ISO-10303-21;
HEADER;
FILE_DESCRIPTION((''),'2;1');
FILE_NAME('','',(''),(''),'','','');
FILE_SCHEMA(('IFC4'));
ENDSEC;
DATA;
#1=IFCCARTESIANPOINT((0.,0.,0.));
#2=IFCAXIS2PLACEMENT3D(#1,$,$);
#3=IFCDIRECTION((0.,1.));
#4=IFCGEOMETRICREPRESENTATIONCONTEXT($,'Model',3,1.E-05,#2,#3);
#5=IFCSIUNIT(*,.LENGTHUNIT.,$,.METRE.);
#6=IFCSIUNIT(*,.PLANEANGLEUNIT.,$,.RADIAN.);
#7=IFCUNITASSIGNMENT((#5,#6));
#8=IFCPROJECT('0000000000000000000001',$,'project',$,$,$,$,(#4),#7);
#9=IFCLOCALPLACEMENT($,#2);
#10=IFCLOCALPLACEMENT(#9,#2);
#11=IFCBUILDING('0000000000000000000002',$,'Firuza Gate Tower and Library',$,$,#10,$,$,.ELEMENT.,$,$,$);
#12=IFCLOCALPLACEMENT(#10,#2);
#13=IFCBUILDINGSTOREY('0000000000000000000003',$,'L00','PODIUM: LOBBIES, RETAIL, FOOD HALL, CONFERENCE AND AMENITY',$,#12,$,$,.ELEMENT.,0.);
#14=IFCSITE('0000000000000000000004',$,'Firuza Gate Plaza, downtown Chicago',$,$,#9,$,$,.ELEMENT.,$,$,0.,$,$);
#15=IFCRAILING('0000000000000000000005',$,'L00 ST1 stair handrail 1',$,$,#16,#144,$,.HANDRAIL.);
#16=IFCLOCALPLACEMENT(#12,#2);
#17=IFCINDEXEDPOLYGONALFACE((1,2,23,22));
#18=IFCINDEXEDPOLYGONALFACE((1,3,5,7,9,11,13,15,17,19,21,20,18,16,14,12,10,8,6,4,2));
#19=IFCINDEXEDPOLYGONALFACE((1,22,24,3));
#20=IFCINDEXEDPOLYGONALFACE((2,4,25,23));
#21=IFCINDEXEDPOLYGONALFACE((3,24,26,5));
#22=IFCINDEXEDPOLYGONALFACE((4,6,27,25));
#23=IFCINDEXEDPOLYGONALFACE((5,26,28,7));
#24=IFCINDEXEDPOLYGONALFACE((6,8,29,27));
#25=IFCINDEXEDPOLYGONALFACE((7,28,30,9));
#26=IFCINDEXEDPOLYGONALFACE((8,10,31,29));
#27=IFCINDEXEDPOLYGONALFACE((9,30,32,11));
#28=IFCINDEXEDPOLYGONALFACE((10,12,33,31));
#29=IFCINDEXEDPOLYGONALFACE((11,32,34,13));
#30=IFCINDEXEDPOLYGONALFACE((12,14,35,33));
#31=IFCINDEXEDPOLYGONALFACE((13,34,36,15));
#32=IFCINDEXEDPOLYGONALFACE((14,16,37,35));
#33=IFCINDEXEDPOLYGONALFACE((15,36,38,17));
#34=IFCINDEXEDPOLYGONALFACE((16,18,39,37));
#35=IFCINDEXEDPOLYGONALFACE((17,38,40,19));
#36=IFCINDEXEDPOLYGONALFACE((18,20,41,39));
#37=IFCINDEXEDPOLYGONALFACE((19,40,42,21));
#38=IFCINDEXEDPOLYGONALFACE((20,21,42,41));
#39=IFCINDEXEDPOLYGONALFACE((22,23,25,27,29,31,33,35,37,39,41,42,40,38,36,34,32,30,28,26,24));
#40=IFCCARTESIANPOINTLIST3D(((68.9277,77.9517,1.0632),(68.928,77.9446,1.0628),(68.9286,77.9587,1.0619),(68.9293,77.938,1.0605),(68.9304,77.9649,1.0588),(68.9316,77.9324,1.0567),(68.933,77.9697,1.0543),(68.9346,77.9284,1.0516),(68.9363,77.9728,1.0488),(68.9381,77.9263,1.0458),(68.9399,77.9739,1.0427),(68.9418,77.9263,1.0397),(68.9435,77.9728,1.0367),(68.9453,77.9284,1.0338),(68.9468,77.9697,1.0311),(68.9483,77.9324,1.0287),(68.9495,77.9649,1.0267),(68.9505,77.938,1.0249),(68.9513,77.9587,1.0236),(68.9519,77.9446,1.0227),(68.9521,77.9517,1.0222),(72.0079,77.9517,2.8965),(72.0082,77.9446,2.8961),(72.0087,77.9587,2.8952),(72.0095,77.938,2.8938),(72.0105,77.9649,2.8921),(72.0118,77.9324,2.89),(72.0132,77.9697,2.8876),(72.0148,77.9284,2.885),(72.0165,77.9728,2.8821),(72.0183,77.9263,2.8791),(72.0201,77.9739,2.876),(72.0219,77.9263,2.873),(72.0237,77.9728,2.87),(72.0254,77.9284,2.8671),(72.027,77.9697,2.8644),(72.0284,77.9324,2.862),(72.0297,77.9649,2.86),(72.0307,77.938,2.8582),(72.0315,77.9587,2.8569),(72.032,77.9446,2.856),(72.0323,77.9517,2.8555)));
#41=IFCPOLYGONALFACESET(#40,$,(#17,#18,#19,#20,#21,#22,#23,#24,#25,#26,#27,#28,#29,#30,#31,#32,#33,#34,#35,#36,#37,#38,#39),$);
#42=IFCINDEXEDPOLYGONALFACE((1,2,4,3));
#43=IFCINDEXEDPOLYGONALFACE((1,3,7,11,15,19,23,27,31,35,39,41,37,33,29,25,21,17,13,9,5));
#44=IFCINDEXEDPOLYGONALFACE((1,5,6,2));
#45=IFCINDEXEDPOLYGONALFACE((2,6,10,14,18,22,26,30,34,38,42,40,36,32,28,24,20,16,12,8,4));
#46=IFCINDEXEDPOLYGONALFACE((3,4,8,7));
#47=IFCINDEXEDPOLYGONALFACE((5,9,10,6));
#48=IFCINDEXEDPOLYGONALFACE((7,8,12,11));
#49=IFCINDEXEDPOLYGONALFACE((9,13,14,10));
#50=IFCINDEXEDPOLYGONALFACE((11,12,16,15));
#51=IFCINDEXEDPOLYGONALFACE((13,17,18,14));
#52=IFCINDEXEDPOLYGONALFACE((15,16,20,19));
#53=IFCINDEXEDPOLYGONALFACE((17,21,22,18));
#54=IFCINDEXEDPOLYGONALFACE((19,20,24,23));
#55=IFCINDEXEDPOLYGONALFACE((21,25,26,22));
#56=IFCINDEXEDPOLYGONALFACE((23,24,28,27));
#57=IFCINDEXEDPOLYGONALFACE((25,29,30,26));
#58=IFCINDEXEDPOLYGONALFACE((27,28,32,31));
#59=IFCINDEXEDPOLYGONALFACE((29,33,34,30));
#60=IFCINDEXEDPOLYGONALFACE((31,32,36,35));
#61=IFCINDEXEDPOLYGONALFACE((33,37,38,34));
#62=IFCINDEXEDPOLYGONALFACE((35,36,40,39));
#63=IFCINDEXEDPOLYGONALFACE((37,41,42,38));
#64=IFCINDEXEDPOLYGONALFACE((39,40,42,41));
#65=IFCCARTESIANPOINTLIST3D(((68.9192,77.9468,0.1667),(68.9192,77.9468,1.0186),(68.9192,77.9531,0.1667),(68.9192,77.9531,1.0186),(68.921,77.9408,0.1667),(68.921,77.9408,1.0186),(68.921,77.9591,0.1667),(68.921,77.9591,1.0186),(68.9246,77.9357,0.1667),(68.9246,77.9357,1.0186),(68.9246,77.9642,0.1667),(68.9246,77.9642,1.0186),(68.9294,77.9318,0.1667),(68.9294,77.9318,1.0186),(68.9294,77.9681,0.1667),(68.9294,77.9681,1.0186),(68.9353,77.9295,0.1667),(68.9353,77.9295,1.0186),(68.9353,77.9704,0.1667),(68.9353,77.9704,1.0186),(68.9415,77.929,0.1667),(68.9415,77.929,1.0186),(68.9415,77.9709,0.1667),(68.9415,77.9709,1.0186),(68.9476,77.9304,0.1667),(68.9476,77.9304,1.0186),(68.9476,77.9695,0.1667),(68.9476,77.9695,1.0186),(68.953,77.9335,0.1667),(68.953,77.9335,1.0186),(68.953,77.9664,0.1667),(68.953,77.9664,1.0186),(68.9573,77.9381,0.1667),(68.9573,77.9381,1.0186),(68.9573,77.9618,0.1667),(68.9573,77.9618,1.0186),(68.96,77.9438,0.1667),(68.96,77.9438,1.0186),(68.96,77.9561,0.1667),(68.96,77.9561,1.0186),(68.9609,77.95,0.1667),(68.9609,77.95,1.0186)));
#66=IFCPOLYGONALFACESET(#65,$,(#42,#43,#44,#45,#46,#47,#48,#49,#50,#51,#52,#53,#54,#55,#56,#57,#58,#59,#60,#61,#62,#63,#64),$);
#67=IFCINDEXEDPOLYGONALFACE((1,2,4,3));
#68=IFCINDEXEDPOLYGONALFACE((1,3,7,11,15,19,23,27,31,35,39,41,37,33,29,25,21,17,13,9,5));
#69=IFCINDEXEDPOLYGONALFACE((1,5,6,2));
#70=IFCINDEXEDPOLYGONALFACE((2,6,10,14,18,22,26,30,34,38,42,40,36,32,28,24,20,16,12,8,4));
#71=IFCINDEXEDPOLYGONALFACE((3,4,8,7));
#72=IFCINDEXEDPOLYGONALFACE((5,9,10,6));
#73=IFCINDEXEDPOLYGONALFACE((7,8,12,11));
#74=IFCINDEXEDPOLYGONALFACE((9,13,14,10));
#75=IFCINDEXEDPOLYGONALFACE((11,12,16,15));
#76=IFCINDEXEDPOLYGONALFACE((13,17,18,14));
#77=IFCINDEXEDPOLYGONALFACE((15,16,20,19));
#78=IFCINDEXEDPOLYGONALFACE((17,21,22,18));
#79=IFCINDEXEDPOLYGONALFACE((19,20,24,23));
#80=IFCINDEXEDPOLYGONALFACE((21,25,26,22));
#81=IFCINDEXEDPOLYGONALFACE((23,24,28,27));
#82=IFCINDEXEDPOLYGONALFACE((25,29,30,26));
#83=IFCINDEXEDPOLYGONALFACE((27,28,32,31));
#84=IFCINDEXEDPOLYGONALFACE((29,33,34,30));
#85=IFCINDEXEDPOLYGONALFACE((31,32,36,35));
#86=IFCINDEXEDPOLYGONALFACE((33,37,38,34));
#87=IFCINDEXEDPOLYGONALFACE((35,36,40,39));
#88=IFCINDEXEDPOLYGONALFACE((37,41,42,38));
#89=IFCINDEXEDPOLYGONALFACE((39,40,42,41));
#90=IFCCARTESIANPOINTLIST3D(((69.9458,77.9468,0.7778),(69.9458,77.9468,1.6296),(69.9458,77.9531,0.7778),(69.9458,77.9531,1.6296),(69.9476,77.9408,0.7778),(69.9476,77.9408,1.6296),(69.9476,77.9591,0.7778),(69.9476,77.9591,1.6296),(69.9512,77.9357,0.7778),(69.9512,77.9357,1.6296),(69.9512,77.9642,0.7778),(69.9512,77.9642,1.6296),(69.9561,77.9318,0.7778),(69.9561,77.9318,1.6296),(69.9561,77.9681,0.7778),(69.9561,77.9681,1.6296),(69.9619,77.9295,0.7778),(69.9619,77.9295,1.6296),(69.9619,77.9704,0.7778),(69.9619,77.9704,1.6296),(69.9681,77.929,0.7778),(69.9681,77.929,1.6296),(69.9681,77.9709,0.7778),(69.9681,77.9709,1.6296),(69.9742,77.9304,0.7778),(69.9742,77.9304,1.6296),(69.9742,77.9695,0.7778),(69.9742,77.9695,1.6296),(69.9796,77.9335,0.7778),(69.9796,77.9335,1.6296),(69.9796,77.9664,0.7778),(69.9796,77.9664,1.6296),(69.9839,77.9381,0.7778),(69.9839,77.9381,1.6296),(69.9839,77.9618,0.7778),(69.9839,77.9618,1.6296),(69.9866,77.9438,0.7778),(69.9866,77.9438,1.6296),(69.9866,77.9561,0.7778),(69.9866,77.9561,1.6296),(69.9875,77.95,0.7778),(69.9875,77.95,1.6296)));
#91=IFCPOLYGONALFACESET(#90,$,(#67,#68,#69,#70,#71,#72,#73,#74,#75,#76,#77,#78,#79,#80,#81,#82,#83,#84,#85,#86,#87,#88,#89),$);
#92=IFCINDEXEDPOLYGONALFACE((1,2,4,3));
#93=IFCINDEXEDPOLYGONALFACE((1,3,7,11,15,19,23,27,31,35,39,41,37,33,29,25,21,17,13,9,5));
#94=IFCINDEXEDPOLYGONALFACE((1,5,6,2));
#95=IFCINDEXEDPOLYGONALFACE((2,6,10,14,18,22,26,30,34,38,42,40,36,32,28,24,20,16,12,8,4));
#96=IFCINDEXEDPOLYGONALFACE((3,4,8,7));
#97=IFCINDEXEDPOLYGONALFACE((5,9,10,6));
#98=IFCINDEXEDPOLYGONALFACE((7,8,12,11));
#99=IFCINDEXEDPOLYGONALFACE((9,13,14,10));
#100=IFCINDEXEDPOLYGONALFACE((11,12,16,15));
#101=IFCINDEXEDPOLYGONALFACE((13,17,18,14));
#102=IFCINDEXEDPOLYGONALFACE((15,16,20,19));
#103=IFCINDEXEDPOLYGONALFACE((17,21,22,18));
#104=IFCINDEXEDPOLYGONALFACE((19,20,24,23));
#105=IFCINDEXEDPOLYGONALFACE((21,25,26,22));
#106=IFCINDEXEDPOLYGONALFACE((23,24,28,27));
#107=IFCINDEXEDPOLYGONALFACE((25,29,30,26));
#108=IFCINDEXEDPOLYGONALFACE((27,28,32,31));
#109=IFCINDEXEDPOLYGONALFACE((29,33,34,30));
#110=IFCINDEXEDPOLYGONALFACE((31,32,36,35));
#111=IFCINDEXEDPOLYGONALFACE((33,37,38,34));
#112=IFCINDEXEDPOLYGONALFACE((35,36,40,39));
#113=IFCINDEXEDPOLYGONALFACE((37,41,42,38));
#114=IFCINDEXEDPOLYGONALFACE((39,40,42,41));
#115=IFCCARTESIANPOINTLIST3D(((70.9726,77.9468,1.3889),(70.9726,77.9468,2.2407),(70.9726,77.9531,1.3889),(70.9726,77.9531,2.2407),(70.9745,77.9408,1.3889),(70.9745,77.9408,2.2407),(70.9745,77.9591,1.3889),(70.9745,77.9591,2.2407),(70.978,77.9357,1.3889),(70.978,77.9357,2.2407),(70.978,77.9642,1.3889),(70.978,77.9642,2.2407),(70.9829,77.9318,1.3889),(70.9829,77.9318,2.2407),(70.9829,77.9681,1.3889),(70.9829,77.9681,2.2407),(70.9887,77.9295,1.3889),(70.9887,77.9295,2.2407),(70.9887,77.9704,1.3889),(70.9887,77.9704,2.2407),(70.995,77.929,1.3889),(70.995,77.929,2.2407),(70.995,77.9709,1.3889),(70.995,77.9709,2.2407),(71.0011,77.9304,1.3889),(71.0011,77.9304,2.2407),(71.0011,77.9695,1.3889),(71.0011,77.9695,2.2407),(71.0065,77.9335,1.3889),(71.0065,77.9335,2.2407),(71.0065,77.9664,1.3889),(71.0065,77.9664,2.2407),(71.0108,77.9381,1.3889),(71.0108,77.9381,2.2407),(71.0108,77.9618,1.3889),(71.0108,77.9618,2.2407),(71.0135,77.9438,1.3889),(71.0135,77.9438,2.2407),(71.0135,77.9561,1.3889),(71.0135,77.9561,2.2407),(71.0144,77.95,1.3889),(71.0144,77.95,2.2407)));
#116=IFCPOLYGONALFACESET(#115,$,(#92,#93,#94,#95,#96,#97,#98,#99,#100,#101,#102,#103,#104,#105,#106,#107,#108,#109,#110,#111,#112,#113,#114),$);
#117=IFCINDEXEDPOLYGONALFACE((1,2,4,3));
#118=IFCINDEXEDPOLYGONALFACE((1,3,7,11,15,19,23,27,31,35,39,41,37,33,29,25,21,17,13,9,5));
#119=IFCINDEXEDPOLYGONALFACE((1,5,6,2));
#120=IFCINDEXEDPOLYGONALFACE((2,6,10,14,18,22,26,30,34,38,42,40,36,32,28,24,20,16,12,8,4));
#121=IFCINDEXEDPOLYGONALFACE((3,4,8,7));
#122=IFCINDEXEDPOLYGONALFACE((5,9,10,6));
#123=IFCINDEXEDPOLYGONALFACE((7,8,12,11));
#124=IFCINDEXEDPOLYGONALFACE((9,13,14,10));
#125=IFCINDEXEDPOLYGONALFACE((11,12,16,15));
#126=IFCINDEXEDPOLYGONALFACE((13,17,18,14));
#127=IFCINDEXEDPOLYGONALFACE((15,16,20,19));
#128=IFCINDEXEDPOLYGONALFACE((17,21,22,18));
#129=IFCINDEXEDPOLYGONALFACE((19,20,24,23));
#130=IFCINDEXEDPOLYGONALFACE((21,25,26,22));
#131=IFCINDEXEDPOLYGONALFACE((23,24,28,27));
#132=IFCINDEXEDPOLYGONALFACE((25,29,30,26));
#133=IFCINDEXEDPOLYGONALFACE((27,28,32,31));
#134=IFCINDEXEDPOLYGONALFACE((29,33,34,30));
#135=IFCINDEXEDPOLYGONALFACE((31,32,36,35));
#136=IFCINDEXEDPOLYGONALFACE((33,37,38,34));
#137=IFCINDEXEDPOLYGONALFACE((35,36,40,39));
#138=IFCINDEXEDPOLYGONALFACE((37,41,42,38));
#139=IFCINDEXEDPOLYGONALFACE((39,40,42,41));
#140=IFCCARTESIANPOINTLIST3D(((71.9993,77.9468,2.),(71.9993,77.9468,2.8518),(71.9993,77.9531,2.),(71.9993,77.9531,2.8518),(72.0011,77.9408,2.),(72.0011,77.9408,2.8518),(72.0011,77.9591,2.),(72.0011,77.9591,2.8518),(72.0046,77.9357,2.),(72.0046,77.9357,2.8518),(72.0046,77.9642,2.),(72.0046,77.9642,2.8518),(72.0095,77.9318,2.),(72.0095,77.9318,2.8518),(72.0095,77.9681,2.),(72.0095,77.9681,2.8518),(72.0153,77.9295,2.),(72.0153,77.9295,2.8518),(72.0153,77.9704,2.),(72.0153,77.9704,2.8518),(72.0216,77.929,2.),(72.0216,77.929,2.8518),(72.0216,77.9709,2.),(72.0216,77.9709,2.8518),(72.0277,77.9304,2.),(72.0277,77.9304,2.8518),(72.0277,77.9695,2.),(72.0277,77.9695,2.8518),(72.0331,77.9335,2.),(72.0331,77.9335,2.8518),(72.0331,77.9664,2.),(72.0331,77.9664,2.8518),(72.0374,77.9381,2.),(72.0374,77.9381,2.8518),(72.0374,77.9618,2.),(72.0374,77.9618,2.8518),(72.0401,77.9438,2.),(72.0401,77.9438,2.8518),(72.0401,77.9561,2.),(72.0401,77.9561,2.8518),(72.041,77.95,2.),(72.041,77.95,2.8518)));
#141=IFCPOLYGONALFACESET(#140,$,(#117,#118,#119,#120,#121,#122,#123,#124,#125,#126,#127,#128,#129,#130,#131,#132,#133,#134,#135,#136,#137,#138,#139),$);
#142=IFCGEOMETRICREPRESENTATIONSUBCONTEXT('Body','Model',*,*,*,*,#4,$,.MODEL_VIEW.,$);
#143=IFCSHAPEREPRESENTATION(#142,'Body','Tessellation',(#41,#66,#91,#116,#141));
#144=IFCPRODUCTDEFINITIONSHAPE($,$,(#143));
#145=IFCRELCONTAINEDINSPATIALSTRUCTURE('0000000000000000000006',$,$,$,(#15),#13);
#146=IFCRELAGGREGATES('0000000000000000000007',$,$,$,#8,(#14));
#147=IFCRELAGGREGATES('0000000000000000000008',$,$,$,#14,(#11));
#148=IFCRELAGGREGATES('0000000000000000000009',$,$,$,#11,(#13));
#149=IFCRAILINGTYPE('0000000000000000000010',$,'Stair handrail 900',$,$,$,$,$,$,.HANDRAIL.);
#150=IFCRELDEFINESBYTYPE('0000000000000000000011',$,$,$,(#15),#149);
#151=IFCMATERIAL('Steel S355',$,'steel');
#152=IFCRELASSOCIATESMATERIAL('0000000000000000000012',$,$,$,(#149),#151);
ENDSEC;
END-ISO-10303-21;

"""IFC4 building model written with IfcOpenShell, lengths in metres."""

from ifc_helpers import new_model, si_unit, direction, frame, origin, origin_2d, place, context, subcontext, project, spatial, circle, extrude, material, type_object, element, save


model = new_model("IFC4")

# Units and contexts
model_context = context("Model", 3, precision=1e-05, world=origin(), true_north=direction((0.0, 1.0)))
body_context = subcontext(model_context, "Body", "Model", "MODEL_VIEW")
ifc_project = project(units=[si_unit("LENGTHUNIT", "METRE"), si_unit("PLANEANGLEUNIT", "RADIAN")], contexts=[model_context])

# Site, building, storey
site_placement = place(None, origin())
site = spatial("IfcSite", under=ifc_project, at=site_placement, Name="Firuza Gate Plaza, downtown Chicago", CompositionType="ELEMENT", RefElevation=0.0)
building_placement = place(site_placement, origin())
building = spatial("IfcBuilding", under=site, at=building_placement, Name="Firuza Gate Tower and Library", CompositionType="ELEMENT")
storey_placement = place(building_placement, origin())
storey = spatial("IfcBuildingStorey", under=building, at=storey_placement, Name="L00", Description="PODIUM: LOBBIES, RETAIL, FOOD HALL, CONFERENCE AND AMENITY", CompositionType="ELEMENT", Elevation=0.0)

# Railing
ifc_material_1 = material(Name="Steel S355", Category="steel")
railing_type_1 = type_object("IfcRailingType", Name="Stair handrail 900", PredefinedType="HANDRAIL", material=ifc_material_1)
railing_1_placement = place(storey_placement, frame((68.9399, 77.95, 0.1667)))
element("IfcRailing", 1, at=railing_1_placement, inside=storey, type_object=railing_type_1, Name="L00 ST1 stair handrail 1", PredefinedType="HANDRAIL", context=body_context, shape_type="SweptSolid", body=[
    extrude(circle(Radius=0.0239, at=origin_2d()), frame((0.0, 0.0, 0.876), z_axis=(0.859309, 0.0, 0.511458), x_axis=(0.0, 1.0, 0.0)), (0.0, 0.0, 1.0), 3.5845),
    extrude(circle(Radius=0.021, at=origin_2d()), origin(), (0.0, 0.0, 1.0), 0.8518),
    extrude(circle(Radius=0.021, at=origin_2d()), frame((1.0266, 0.0, 0.6111)), (0.0, 0.0, 1.0), 0.8518),
    extrude(circle(Radius=0.021, at=origin_2d()), frame((2.0535, 0.0, 1.2222)), (0.0, 0.0, 1.0), 0.8518),
    extrude(circle(Radius=0.021, at=origin_2d()), frame((3.0801, 0.0, 1.8333)), (0.0, 0.0, 1.0), 0.8518),
])

save(model, "model.ifc")
